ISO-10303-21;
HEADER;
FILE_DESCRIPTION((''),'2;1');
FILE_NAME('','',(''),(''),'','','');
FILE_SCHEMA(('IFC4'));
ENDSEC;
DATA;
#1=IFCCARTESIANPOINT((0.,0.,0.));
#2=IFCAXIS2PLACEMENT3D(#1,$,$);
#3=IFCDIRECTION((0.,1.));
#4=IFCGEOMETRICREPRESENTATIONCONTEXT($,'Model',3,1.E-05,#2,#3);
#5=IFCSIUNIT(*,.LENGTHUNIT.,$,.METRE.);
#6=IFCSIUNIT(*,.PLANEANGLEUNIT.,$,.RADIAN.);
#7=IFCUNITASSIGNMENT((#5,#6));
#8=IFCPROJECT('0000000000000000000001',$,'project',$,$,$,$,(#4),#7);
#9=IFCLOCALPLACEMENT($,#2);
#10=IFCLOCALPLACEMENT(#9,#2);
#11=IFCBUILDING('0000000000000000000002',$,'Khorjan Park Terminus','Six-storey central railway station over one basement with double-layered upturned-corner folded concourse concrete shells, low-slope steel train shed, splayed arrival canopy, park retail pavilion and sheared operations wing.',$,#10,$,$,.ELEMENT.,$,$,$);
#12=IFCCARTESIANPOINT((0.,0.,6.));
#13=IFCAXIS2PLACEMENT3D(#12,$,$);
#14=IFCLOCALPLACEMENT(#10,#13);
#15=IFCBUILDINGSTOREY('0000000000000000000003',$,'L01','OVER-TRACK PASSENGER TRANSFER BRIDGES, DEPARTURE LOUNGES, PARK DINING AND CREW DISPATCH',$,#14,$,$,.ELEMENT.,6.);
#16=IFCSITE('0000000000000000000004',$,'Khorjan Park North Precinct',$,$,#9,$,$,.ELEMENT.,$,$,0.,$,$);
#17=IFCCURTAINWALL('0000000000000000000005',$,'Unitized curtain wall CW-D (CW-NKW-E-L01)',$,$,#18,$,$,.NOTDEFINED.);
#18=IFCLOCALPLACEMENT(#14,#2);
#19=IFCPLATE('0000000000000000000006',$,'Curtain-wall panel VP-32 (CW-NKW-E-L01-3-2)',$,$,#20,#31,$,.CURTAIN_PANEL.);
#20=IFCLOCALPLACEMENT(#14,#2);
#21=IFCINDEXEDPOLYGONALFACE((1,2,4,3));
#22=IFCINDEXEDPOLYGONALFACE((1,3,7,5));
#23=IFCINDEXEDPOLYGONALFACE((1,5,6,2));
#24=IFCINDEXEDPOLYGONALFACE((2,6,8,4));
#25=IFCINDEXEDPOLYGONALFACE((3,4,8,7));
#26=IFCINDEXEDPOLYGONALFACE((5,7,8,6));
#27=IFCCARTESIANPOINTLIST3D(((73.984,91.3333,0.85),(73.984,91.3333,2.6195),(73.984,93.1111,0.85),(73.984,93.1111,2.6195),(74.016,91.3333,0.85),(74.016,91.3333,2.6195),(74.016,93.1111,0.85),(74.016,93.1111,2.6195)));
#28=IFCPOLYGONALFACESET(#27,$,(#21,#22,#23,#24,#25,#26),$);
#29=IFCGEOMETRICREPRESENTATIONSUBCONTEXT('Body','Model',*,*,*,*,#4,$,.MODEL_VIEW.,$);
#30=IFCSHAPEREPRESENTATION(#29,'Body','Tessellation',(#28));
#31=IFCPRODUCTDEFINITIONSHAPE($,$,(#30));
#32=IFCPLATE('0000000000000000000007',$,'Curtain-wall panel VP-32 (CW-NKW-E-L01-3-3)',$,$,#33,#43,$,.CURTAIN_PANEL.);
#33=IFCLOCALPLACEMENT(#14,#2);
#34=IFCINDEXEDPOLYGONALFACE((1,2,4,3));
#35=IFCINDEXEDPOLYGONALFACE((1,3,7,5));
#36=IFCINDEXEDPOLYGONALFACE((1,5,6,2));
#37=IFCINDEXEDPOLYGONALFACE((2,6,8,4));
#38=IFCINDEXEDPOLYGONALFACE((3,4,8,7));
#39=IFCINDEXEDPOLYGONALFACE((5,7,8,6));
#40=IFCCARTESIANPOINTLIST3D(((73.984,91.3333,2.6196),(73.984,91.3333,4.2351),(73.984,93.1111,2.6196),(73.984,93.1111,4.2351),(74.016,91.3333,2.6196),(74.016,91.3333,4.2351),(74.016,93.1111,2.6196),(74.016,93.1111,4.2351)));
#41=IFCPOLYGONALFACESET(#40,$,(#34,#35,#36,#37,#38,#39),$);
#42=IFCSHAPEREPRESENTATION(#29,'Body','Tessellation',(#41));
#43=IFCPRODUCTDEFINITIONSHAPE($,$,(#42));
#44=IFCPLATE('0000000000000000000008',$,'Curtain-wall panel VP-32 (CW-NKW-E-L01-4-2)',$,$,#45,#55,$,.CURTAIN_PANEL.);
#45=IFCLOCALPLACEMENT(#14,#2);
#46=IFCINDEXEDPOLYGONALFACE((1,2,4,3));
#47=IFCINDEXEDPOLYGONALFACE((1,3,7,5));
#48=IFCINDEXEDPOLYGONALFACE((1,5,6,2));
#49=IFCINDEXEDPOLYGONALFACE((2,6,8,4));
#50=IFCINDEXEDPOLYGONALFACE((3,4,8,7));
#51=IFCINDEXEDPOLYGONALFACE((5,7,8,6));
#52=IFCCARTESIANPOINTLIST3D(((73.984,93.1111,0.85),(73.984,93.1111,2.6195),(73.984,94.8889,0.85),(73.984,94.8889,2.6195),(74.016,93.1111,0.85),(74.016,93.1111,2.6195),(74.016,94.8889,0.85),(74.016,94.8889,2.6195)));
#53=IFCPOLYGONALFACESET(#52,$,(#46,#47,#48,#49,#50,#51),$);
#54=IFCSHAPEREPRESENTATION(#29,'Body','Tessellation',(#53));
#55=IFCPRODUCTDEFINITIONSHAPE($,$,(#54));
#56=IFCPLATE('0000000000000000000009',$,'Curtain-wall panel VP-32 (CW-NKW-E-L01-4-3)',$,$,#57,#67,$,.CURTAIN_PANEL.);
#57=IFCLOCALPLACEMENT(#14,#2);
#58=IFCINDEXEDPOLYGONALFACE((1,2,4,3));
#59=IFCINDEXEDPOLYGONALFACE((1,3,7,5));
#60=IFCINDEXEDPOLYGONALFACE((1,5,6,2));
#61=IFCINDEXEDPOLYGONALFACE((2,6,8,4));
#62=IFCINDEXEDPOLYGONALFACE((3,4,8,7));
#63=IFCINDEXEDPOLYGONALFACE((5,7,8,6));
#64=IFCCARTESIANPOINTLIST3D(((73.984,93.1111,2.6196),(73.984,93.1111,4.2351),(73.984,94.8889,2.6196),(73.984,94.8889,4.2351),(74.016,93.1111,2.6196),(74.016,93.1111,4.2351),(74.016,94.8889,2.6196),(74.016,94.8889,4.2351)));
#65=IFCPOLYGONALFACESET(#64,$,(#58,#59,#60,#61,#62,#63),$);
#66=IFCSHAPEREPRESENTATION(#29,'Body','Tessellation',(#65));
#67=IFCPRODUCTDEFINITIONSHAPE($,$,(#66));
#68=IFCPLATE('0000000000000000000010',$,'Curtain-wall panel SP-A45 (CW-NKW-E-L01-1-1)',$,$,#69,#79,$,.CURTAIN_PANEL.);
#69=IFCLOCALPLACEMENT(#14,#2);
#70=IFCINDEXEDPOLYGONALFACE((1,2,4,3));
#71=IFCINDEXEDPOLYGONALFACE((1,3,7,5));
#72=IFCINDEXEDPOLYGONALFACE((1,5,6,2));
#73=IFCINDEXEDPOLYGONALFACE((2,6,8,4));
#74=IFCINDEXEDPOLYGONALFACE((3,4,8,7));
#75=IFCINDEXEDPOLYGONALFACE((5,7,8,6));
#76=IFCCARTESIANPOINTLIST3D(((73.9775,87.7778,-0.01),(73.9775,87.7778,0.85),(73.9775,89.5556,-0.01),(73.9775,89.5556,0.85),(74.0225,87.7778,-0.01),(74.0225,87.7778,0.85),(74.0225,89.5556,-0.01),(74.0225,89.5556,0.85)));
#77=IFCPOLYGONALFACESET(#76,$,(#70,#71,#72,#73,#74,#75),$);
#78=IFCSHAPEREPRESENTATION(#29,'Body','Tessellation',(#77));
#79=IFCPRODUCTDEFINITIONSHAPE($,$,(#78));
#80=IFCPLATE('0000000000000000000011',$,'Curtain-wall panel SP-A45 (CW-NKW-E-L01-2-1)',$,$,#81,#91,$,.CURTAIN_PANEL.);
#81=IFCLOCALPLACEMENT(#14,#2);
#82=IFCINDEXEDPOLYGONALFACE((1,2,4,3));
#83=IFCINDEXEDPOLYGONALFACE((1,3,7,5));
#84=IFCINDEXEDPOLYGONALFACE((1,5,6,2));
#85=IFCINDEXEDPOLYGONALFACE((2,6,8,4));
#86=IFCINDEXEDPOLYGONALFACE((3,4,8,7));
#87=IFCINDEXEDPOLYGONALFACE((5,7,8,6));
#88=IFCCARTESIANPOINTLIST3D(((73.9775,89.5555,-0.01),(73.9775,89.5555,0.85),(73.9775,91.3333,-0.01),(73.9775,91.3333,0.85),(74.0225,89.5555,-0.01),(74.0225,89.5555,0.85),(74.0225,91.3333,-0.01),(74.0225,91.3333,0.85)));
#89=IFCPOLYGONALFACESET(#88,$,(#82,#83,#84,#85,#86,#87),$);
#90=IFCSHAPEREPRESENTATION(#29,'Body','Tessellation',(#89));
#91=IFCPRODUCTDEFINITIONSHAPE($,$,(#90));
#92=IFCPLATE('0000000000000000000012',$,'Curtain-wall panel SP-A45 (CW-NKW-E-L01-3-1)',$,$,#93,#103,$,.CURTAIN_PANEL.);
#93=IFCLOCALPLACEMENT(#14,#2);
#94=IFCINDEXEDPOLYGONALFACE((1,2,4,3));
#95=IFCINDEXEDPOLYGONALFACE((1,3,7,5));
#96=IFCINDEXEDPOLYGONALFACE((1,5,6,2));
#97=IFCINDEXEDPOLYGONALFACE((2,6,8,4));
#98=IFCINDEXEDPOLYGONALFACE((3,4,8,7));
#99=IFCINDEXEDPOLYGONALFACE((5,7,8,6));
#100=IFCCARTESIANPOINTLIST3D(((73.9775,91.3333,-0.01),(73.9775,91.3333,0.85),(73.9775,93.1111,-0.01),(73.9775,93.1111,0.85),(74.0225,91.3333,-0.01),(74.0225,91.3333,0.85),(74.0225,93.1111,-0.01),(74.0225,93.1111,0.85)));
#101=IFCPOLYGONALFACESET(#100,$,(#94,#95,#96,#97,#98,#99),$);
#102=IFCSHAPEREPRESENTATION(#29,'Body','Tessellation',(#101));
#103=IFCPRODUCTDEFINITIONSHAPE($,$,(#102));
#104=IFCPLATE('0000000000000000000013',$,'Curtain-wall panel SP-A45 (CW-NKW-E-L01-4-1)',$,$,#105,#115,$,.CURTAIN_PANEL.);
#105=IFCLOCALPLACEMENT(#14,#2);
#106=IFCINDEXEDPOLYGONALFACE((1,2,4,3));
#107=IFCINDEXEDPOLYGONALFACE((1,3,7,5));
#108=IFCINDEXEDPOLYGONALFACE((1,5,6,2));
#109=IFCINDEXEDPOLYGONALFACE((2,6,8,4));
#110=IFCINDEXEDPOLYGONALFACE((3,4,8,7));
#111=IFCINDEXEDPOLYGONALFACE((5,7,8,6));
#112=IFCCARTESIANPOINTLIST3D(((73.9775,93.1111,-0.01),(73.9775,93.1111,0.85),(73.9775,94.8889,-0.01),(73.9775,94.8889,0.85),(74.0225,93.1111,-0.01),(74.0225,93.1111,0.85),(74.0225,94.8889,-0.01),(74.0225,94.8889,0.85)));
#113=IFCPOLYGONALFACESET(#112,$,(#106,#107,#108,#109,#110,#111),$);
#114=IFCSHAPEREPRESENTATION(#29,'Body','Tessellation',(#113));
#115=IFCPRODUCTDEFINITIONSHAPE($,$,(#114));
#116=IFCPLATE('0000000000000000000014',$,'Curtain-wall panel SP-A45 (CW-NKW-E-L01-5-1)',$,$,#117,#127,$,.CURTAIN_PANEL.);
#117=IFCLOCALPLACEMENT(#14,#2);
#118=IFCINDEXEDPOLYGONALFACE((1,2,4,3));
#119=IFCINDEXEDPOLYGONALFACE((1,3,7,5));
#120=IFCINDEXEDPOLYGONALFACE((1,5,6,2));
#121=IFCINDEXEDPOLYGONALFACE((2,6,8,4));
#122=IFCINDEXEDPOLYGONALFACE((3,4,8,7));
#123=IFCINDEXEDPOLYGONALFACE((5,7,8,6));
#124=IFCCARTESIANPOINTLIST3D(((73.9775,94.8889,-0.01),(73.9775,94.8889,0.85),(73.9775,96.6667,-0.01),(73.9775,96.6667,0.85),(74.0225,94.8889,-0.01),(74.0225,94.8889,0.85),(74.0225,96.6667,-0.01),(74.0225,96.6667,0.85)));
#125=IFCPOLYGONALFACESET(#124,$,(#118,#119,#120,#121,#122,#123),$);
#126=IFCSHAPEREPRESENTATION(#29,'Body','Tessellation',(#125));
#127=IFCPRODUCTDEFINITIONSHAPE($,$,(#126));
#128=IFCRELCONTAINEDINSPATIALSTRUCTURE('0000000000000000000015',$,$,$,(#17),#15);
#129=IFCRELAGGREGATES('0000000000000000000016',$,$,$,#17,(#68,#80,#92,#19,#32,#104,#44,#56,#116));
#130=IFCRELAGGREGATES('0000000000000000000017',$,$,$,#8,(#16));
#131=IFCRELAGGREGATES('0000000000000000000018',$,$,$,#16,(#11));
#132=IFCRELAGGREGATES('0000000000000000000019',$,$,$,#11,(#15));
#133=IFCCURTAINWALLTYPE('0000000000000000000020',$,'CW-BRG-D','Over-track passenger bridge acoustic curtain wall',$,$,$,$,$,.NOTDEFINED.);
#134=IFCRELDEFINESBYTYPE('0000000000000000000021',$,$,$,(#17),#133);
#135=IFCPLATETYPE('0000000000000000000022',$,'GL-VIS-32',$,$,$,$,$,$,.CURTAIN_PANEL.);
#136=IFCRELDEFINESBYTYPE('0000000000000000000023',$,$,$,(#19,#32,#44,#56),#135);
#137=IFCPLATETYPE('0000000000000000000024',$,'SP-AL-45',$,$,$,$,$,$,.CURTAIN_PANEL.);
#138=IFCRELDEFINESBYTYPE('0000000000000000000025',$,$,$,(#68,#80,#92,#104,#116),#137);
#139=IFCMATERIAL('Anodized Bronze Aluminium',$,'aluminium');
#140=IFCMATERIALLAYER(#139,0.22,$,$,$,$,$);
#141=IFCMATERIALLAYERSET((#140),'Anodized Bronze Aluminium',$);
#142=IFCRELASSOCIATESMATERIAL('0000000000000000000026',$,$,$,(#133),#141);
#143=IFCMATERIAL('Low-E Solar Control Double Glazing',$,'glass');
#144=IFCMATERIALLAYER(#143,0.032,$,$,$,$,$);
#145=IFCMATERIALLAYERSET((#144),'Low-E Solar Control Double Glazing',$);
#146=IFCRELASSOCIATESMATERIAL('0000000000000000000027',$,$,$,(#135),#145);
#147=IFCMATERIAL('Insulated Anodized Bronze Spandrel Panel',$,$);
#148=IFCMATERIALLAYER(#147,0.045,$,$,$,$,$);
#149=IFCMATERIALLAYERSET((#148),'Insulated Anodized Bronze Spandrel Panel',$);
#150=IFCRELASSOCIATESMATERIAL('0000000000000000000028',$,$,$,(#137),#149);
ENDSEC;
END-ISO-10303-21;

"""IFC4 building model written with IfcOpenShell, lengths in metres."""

from ifc_helpers import new_model, si_unit, direction, frame, origin, origin_2d, place, context, subcontext, project, spatial, rectangle, extrude, material, layer, layer_set, type_object, element, aggregate, save


model = new_model("IFC4")

# Units and contexts
model_context = context("Model", 3, precision=1e-05, world=origin(), true_north=direction((0.0, 1.0)))
body_context = subcontext(model_context, "Body", "Model", "MODEL_VIEW")
ifc_project = project(units=[si_unit("LENGTHUNIT", "METRE"), si_unit("PLANEANGLEUNIT", "RADIAN")], contexts=[model_context])

# Site, building, storey
site_placement = place(None, origin())
site = spatial("IfcSite", under=ifc_project, at=site_placement, Name="Khorjan Park North Precinct", CompositionType="ELEMENT", RefElevation=0.0)
building_placement = place(site_placement, origin())
building = spatial("IfcBuilding", under=site, at=building_placement, Name="Khorjan Park Terminus", Description="Six-storey central railway station over one basement with double-layered upturned-corner folded concourse concrete shells, low-slope steel train shed, splayed arrival canopy, park retail pavilion and sheared operations wing.", CompositionType="ELEMENT")
storey_placement = place(building_placement, frame((0.0, 0.0, 6.0)))
storey = spatial("IfcBuildingStorey", under=building, at=storey_placement, Name="L01", Description="OVER-TRACK PASSENGER TRANSFER BRIDGES, DEPARTURE LOUNGES, PARK DINING AND CREW DISPATCH", CompositionType="ELEMENT", Elevation=6.0)

# Curtain wall, plates
ifc_material_1 = material(Name="Anodized Bronze Aluminium", Category="aluminium")
ifc_layer_1 = layer(ifc_material_1, 0.22)
ifc_layer_set_1 = layer_set([ifc_layer_1], Name="Anodized Bronze Aluminium")
curtain_wall_type = type_object("IfcCurtainWallType", Name="CW-BRG-D", Description="Over-track passenger bridge acoustic curtain wall", PredefinedType="NOTDEFINED", material=ifc_layer_set_1)
curtain_wall_placement = place(storey_placement, origin())
curtain_wall = element("IfcCurtainWall", 1, at=curtain_wall_placement, inside=storey, type_object=curtain_wall_type, Name="Unitized curtain wall CW-D (CW-NKW-E-L01)", PredefinedType="NOTDEFINED")
ifc_material_2 = material(Name="Low-E Solar Control Double Glazing", Category="glass")
ifc_layer_2 = layer(ifc_material_2, 0.032)
ifc_layer_set_2 = layer_set([ifc_layer_2], Name="Low-E Solar Control Double Glazing")
plate_type_1 = type_object("IfcPlateType", Name="GL-VIS-32", PredefinedType="CURTAIN_PANEL", material=ifc_layer_set_2)
plate_1_placement = place(storey_placement, frame((74.0, 92.2222, 0.85), z_axis=(0.0, 0.0, 1.0), x_axis=(0.0, 1.0, 0.0)))
plate_1 = element("IfcPlate", 2, at=plate_1_placement, type_object=plate_type_1, Name="Curtain-wall panel VP-32 (CW-NKW-E-L01-3-2)", PredefinedType="CURTAIN_PANEL", context=body_context, shape_type="SweptSolid", body=[
    extrude(rectangle(XDim=1.7778, YDim=0.032, at=origin_2d()), origin(), (0.0, 0.0, 1.0), 1.7695),
])
plate_2_placement = place(storey_placement, frame((74.0, 92.2222, 2.6196), z_axis=(0.0, 0.0, 1.0), x_axis=(0.0, 1.0, 0.0)))
plate_2 = element("IfcPlate", 3, at=plate_2_placement, type_object=plate_type_1, Name="Curtain-wall panel VP-32 (CW-NKW-E-L01-3-3)", PredefinedType="CURTAIN_PANEL", context=body_context, shape_type="SweptSolid", body=[
    extrude(rectangle(XDim=1.7778, YDim=0.032, at=origin_2d()), origin(), (0.0, 0.0, 1.0), 1.6155),
])
plate_3_placement = place(storey_placement, frame((74.0, 94.0, 0.85), z_axis=(0.0, 0.0, 1.0), x_axis=(0.0, 1.0, 0.0)))
plate_3 = element("IfcPlate", 4, at=plate_3_placement, type_object=plate_type_1, Name="Curtain-wall panel VP-32 (CW-NKW-E-L01-4-2)", PredefinedType="CURTAIN_PANEL", context=body_context, shape_type="SweptSolid", body=[
    extrude(rectangle(XDim=1.7778, YDim=0.032, at=origin_2d()), origin(), (0.0, 0.0, 1.0), 1.7695),
])
plate_4_placement = place(storey_placement, frame((74.0, 94.0, 2.6196), z_axis=(0.0, 0.0, 1.0), x_axis=(0.0, 1.0, 0.0)))
plate_4 = element("IfcPlate", 5, at=plate_4_placement, type_object=plate_type_1, Name="Curtain-wall panel VP-32 (CW-NKW-E-L01-4-3)", PredefinedType="CURTAIN_PANEL", context=body_context, shape_type="SweptSolid", body=[
    extrude(rectangle(XDim=1.7778, YDim=0.032, at=origin_2d()), origin(), (0.0, 0.0, 1.0), 1.6155),
])
ifc_material_3 = material(Name="Insulated Anodized Bronze Spandrel Panel")
ifc_layer_3 = layer(ifc_material_3, 0.045)
ifc_layer_set_3 = layer_set([ifc_layer_3], Name="Insulated Anodized Bronze Spandrel Panel")
plate_type_2 = type_object("IfcPlateType", Name="SP-AL-45", PredefinedType="CURTAIN_PANEL", material=ifc_layer_set_3)
plate_5_placement = place(storey_placement, frame((74.0, 88.6667, -0.01), z_axis=(0.0, 0.0, 1.0), x_axis=(0.0, 1.0, 0.0)))
plate_5 = element("IfcPlate", 6, at=plate_5_placement, type_object=plate_type_2, Name="Curtain-wall panel SP-A45 (CW-NKW-E-L01-1-1)", PredefinedType="CURTAIN_PANEL", context=body_context, shape_type="SweptSolid", body=[
    extrude(rectangle(XDim=1.7778, YDim=0.045, at=origin_2d()), origin(), (0.0, 0.0, 1.0), 0.86),
])
plate_6_placement = place(storey_placement, frame((74.0, 90.4444, -0.01), z_axis=(0.0, 0.0, 1.0), x_axis=(0.0, 1.0, 0.0)))
plate_6 = element("IfcPlate", 7, at=plate_6_placement, type_object=plate_type_2, Name="Curtain-wall panel SP-A45 (CW-NKW-E-L01-2-1)", PredefinedType="CURTAIN_PANEL", context=body_context, shape_type="SweptSolid", body=[
    extrude(rectangle(XDim=1.7778, YDim=0.045, at=origin_2d()), origin(), (0.0, 0.0, 1.0), 0.86),
])
plate_7_placement = place(storey_placement, frame((74.0, 92.2222, -0.01), z_axis=(0.0, 0.0, 1.0), x_axis=(0.0, 1.0, 0.0)))
plate_7 = element("IfcPlate", 8, at=plate_7_placement, type_object=plate_type_2, Name="Curtain-wall panel SP-A45 (CW-NKW-E-L01-3-1)", PredefinedType="CURTAIN_PANEL", context=body_context, shape_type="SweptSolid", body=[
    extrude(rectangle(XDim=1.7778, YDim=0.045, at=origin_2d()), origin(), (0.0, 0.0, 1.0), 0.86),
])
plate_8_placement = place(storey_placement, frame((74.0, 94.0, -0.01), z_axis=(0.0, 0.0, 1.0), x_axis=(0.0, 1.0, 0.0)))
plate_8 = element("IfcPlate", 9, at=plate_8_placement, type_object=plate_type_2, Name="Curtain-wall panel SP-A45 (CW-NKW-E-L01-4-1)", PredefinedType="CURTAIN_PANEL", context=body_context, shape_type="SweptSolid", body=[
    extrude(rectangle(XDim=1.7778, YDim=0.045, at=origin_2d()), origin(), (0.0, 0.0, 1.0), 0.86),
])
plate_9_placement = place(storey_placement, frame((74.0, 95.7778, -0.01), z_axis=(0.0, 0.0, 1.0), x_axis=(0.0, 1.0, 0.0)))
plate_9 = element("IfcPlate", 10, at=plate_9_placement, type_object=plate_type_2, Name="Curtain-wall panel SP-A45 (CW-NKW-E-L01-5-1)", PredefinedType="CURTAIN_PANEL", context=body_context, shape_type="SweptSolid", body=[
    extrude(rectangle(XDim=1.7778, YDim=0.045, at=origin_2d()), origin(), (0.0, 0.0, 1.0), 0.86),
])
aggregate(curtain_wall, [plate_5, plate_6, plate_7, plate_1, plate_2, plate_8, plate_3, plate_4, plate_9])

save(model, "model.ifc")
